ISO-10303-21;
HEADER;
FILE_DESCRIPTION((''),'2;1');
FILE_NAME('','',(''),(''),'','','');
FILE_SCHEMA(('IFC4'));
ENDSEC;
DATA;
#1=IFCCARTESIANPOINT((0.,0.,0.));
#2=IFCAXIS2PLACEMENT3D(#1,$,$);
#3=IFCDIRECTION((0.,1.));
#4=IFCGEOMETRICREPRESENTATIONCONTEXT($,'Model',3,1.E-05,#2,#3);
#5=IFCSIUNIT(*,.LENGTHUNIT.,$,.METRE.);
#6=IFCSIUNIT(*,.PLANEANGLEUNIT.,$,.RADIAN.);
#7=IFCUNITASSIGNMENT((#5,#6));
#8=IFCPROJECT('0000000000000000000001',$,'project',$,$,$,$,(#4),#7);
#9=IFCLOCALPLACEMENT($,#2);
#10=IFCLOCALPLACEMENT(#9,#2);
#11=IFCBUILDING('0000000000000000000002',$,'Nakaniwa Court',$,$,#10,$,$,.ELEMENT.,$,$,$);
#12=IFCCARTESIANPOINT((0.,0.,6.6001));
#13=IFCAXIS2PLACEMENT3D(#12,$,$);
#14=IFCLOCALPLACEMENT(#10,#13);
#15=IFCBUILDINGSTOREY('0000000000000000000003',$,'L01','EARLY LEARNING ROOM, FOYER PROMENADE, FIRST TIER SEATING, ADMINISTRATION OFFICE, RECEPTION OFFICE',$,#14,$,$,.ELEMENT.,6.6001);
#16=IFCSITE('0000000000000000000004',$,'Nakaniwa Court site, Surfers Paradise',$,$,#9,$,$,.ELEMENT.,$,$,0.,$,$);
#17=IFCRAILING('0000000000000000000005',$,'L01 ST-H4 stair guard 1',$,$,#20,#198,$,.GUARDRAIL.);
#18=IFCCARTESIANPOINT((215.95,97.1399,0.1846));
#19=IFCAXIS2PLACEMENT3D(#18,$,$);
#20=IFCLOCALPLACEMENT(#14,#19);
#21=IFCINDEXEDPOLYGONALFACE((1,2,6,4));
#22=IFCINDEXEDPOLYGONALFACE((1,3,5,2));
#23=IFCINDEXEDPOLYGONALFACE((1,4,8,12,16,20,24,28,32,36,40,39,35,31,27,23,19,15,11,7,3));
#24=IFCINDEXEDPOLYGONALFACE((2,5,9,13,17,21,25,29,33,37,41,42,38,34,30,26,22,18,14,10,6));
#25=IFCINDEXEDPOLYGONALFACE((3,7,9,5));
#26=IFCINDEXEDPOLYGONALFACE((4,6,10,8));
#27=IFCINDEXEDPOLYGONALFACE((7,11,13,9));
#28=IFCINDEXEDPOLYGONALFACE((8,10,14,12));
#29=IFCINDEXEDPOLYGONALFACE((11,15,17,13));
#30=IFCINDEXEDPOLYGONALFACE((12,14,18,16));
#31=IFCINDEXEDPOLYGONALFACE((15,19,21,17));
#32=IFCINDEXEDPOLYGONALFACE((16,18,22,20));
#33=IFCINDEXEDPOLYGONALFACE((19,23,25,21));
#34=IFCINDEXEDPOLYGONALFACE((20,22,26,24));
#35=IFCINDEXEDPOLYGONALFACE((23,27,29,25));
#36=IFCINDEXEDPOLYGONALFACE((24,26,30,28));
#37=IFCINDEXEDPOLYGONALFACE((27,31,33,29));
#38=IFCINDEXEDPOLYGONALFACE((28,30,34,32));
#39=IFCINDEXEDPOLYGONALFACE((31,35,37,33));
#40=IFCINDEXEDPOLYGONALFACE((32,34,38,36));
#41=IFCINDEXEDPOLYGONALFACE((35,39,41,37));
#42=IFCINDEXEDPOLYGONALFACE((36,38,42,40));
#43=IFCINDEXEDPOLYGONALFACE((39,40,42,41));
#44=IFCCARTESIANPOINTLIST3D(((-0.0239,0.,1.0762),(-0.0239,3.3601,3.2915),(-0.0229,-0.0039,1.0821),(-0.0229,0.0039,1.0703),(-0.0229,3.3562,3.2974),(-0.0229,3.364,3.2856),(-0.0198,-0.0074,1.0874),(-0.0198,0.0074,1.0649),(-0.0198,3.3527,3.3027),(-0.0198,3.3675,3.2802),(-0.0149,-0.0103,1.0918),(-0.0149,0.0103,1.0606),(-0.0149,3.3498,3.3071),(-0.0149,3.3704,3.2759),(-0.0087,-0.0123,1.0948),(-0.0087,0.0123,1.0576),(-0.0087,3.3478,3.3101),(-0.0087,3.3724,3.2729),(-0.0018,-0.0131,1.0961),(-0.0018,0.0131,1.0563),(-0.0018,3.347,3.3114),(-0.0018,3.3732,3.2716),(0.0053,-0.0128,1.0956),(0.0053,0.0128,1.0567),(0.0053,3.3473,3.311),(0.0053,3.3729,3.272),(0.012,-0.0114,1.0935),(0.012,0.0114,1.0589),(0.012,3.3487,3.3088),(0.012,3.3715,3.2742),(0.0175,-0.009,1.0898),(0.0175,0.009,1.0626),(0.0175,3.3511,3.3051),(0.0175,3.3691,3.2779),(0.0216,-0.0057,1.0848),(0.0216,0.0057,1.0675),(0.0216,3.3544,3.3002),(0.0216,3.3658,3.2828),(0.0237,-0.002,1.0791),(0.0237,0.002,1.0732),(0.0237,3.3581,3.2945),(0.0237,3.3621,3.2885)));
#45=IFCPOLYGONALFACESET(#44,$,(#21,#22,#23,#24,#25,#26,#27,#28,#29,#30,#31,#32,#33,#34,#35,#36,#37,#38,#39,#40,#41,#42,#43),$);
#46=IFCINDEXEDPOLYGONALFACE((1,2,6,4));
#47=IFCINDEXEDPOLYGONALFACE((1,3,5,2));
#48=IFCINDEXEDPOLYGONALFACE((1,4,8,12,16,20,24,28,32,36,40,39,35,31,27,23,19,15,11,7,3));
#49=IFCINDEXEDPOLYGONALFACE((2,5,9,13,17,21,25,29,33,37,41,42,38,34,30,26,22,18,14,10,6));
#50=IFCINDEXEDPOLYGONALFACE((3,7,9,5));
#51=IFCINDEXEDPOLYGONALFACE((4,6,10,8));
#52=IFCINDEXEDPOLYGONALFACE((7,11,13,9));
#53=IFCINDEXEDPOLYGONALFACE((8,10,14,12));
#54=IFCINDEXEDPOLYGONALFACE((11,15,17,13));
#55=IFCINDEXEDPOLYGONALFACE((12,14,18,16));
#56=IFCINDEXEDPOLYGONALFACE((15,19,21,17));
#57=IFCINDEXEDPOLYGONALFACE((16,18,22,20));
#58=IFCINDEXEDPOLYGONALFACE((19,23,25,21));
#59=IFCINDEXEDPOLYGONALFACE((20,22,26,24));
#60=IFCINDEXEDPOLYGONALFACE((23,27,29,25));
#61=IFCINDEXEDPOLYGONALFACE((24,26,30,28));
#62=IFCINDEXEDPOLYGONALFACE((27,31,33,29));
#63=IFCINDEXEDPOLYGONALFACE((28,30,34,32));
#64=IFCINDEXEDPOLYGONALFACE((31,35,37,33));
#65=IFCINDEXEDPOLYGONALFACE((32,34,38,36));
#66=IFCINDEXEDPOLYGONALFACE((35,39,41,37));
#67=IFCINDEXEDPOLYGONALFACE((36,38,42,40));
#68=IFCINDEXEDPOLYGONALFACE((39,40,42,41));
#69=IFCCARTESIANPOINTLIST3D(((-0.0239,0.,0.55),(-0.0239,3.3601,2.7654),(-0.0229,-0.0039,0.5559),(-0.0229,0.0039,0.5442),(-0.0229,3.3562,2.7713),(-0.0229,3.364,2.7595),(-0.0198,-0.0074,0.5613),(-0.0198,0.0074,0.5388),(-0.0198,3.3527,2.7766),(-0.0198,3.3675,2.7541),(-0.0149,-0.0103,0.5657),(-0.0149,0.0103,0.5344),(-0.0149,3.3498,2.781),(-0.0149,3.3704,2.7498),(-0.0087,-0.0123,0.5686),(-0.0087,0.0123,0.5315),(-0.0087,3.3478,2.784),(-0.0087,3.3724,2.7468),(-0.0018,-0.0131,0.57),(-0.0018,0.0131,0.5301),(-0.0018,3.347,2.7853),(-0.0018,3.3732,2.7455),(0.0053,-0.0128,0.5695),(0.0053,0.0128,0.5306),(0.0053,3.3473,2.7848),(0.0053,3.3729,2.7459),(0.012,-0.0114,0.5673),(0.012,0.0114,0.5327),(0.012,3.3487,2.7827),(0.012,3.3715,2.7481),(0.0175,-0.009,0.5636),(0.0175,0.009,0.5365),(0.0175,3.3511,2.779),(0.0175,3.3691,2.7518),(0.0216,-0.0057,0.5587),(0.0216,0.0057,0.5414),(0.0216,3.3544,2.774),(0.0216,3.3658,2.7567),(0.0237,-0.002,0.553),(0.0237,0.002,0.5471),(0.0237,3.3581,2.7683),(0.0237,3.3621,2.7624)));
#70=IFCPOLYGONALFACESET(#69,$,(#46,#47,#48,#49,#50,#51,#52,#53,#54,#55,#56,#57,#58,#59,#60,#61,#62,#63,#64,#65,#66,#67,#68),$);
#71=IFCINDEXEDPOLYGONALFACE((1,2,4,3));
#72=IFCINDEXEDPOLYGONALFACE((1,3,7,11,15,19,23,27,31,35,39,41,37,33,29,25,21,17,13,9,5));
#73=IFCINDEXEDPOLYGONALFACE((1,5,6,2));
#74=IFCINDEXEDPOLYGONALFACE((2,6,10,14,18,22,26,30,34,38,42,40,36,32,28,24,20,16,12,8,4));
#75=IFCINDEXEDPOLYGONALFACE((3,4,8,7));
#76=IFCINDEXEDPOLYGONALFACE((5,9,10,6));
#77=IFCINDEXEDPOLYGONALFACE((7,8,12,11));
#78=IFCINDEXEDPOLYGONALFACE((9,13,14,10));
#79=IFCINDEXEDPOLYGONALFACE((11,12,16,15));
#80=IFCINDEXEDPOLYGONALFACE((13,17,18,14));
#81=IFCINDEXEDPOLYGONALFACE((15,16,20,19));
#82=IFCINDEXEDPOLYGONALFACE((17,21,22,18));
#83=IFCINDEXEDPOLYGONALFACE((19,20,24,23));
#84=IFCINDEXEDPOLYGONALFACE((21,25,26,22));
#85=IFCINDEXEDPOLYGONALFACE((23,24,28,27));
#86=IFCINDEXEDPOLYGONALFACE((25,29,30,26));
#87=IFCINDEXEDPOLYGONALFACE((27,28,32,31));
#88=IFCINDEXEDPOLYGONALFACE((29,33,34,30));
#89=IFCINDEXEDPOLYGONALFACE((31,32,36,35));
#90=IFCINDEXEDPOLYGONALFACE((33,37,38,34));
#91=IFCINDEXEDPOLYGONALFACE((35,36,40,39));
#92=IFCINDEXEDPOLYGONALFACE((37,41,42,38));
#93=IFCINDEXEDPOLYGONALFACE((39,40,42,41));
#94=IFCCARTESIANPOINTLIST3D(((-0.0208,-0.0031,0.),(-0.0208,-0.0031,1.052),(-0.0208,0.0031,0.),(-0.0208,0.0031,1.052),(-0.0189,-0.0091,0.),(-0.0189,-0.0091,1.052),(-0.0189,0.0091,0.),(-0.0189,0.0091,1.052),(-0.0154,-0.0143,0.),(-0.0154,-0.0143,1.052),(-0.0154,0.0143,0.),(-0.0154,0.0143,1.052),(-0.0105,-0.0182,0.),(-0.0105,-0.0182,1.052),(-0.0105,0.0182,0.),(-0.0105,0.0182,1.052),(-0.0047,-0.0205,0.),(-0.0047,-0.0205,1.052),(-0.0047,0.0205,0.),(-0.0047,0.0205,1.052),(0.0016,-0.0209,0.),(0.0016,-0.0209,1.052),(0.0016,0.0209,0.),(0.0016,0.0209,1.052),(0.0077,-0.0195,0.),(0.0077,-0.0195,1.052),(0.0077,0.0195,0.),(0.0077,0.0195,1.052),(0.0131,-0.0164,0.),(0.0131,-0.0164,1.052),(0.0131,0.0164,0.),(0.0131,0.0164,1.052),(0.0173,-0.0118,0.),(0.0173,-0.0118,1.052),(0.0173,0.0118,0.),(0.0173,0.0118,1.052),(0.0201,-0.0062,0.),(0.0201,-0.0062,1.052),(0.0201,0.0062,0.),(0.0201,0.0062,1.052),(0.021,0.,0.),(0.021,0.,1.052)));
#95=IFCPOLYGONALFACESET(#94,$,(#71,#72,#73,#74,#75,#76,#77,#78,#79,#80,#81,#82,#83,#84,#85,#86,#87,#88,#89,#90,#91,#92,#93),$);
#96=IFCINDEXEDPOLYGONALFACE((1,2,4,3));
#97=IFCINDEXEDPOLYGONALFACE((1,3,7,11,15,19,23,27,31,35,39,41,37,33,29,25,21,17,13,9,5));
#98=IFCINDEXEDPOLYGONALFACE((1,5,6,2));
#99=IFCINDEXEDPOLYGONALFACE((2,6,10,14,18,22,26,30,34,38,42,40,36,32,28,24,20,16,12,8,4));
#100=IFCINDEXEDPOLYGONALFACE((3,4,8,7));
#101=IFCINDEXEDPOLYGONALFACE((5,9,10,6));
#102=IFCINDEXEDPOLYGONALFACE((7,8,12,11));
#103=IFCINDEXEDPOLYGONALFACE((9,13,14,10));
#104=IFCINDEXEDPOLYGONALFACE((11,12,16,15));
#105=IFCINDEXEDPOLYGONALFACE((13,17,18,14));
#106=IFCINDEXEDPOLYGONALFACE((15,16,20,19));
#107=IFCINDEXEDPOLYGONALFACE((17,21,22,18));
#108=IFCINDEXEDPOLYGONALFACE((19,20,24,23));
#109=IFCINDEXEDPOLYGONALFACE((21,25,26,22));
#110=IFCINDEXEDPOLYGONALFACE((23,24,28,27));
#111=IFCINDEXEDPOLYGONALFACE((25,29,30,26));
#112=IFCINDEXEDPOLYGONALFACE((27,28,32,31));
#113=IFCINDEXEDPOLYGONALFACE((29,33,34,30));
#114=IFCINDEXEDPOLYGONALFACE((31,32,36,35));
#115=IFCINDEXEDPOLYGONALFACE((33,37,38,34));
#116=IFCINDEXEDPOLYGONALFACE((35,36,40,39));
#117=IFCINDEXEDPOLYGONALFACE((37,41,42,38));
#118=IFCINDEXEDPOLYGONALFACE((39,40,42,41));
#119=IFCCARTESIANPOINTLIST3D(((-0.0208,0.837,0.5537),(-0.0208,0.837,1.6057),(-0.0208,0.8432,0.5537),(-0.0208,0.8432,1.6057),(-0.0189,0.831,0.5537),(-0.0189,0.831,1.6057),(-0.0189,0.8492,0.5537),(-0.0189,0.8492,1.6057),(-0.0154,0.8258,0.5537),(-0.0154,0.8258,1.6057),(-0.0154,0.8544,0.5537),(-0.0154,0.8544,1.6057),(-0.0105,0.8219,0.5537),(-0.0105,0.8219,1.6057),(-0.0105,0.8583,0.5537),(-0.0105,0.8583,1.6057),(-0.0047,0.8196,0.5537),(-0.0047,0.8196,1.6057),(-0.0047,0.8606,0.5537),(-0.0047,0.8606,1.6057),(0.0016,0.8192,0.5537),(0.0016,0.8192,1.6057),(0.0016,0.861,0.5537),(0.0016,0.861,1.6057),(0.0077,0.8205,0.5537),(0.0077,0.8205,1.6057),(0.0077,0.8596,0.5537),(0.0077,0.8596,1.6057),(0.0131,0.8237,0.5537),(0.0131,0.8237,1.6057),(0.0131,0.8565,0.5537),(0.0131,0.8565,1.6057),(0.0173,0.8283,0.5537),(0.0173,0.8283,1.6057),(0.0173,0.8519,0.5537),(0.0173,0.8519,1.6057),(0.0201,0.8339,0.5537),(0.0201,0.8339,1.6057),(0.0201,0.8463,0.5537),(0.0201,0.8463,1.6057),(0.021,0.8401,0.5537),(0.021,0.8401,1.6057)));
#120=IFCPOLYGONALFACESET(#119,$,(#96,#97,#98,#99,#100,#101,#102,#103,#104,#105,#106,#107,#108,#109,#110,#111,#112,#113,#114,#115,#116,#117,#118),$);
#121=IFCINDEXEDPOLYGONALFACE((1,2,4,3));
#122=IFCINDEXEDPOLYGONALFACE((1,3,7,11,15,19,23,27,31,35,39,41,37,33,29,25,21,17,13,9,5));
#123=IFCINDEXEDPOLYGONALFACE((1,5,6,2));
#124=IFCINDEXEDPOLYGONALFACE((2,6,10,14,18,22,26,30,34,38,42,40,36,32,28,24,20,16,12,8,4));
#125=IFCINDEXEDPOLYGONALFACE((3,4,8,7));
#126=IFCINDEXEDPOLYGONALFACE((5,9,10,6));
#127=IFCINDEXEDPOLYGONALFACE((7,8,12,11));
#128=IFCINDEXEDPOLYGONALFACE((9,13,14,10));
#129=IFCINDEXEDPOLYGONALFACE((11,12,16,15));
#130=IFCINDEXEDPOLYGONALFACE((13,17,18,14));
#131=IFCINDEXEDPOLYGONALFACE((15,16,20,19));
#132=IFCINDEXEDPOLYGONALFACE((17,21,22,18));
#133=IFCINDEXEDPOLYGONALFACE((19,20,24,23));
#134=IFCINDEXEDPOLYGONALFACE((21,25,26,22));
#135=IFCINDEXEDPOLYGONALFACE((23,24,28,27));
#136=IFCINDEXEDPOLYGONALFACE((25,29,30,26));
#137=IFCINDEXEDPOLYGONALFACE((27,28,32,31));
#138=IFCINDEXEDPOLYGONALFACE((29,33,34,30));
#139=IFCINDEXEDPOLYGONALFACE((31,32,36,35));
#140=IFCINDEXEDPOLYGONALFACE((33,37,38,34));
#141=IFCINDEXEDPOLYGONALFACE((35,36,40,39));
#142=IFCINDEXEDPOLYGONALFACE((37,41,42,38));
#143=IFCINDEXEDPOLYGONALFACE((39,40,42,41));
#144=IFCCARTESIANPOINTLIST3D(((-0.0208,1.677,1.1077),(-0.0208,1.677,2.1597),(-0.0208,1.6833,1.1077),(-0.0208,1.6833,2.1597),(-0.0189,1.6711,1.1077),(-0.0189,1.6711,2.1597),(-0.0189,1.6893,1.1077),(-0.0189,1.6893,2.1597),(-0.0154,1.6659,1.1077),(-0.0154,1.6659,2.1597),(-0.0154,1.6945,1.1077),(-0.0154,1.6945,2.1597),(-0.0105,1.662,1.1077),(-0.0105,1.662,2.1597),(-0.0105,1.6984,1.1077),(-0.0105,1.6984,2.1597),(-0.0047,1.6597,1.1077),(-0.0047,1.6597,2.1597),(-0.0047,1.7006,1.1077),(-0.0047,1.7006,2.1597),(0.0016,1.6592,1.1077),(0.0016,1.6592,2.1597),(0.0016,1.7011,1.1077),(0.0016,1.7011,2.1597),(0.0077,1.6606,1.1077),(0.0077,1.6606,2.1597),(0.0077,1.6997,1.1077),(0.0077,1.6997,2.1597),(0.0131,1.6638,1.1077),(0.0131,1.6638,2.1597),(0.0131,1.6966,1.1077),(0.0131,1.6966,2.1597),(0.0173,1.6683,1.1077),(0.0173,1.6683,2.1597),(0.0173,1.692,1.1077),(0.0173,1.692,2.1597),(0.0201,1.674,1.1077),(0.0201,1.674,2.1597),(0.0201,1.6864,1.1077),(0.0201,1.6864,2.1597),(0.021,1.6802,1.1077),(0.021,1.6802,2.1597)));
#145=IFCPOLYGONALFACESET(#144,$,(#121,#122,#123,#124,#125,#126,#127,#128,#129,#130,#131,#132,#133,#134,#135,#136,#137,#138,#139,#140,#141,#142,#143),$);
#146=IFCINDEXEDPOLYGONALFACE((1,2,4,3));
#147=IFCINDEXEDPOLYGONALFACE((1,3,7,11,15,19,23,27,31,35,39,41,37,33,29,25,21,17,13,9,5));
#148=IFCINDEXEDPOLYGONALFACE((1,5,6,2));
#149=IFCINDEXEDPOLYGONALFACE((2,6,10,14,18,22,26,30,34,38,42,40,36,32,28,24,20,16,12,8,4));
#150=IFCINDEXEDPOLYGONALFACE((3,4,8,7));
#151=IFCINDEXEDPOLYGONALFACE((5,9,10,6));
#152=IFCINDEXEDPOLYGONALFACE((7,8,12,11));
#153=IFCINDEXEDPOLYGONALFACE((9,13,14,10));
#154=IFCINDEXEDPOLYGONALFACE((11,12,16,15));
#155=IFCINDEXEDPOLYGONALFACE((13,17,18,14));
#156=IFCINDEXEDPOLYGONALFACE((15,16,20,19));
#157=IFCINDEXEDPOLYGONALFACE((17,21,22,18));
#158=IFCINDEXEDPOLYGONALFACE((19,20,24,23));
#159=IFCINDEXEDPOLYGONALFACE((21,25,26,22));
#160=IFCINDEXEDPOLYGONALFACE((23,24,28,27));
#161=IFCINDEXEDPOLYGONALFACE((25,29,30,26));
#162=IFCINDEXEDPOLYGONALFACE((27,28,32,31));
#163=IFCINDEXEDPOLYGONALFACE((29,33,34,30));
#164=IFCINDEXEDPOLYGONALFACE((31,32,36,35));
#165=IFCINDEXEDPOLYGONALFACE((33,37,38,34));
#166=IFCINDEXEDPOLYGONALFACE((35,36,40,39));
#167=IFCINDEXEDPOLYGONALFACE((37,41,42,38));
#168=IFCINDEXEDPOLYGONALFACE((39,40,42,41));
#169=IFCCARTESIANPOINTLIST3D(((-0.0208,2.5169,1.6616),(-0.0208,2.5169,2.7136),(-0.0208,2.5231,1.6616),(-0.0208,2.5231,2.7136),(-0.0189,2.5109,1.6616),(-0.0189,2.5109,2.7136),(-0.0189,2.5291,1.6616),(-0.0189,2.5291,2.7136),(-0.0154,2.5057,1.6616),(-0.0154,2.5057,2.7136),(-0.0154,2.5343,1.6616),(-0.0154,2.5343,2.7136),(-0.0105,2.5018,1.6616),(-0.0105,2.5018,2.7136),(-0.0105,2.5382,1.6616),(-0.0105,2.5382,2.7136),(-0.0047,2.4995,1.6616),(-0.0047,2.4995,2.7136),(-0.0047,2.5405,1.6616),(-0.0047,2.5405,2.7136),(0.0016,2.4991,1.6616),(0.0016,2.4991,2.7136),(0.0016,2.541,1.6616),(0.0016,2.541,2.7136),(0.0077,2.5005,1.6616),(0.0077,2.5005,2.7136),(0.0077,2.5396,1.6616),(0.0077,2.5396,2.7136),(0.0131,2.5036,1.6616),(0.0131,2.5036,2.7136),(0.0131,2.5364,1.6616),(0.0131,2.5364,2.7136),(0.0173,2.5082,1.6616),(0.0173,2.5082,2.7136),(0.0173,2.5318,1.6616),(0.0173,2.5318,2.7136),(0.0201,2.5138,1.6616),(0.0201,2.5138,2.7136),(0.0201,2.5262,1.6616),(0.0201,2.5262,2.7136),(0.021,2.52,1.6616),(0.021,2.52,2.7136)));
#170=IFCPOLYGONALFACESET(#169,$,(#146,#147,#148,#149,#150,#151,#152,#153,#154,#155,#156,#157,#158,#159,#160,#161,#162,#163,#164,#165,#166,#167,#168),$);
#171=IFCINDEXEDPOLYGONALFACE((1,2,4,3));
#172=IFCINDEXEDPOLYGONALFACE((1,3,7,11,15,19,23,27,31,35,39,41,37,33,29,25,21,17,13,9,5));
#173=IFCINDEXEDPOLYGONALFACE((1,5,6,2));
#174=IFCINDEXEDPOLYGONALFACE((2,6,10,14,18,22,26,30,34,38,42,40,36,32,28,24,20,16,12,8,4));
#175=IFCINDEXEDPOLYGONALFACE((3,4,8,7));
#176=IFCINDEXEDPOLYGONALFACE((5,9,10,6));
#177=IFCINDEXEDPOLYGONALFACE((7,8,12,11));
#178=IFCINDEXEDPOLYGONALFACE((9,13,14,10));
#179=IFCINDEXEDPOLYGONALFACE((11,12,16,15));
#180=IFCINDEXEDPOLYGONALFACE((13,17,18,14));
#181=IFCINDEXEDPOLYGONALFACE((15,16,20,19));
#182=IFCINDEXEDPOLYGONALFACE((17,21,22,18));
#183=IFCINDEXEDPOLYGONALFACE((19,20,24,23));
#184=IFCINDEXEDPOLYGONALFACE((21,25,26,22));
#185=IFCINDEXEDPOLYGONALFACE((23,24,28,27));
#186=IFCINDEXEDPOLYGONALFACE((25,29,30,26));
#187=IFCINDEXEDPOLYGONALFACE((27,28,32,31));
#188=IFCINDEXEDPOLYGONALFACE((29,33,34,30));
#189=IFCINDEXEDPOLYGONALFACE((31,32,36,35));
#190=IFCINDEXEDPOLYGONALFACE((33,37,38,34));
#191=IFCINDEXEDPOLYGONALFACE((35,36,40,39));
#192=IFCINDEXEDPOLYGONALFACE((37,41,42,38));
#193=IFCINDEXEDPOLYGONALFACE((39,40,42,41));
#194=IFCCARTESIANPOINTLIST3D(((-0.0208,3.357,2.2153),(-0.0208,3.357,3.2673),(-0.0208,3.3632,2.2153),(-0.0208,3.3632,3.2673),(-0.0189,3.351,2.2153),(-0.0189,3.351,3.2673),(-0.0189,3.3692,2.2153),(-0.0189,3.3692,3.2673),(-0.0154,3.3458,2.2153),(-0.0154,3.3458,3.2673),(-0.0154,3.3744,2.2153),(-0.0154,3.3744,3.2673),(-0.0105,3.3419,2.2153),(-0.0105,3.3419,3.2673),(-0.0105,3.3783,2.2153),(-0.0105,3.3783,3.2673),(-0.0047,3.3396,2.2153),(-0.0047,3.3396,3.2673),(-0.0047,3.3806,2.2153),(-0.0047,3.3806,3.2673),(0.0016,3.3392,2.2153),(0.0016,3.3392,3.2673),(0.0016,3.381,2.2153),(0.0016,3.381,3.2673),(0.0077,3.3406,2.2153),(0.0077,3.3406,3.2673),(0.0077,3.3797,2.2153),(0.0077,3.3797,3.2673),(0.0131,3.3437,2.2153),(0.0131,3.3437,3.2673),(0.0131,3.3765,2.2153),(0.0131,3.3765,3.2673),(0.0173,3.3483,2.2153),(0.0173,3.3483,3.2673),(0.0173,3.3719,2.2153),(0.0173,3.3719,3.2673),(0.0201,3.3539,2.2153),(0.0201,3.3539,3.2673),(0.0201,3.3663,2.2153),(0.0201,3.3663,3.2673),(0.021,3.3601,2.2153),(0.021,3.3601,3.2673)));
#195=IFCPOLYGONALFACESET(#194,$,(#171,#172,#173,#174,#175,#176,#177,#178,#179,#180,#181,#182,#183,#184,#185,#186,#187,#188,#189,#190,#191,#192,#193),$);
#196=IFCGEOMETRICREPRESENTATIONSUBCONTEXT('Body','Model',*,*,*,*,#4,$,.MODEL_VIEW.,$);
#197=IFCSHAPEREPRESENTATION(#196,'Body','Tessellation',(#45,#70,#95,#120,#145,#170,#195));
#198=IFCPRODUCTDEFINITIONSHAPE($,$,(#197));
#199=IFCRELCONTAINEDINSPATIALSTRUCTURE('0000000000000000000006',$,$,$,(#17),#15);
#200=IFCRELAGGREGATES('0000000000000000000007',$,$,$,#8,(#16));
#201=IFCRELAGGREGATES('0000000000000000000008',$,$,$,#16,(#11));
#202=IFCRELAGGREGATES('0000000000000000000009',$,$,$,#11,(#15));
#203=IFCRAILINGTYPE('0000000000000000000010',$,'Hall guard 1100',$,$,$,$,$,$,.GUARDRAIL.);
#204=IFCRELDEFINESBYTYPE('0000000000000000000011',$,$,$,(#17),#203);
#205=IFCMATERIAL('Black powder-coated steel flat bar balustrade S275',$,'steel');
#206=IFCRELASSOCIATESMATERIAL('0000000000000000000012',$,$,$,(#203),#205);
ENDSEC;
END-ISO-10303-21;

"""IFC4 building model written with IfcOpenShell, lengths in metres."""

from ifc_helpers import new_model, si_unit, direction, frame, origin, origin_2d, place, context, subcontext, project, spatial, circle, extrude, material, type_object, element, save


model = new_model("IFC4")

# Units and contexts
model_context = context("Model", 3, precision=1e-05, world=origin(), true_north=direction((0.0, 1.0)))
body_context = subcontext(model_context, "Body", "Model", "MODEL_VIEW")
ifc_project = project(units=[si_unit("LENGTHUNIT", "METRE"), si_unit("PLANEANGLEUNIT", "RADIAN")], contexts=[model_context])

# Site, building, storey
site_placement = place(None, origin())
site = spatial("IfcSite", under=ifc_project, at=site_placement, Name="Nakaniwa Court site, Surfers Paradise", CompositionType="ELEMENT", RefElevation=0.0)
building_placement = place(site_placement, origin())
building = spatial("IfcBuilding", under=site, at=building_placement, Name="Nakaniwa Court", CompositionType="ELEMENT")
storey_placement = place(building_placement, frame((0.0, 0.0, 6.6001)))
storey = spatial("IfcBuildingStorey", under=building, at=storey_placement, Name="L01", Description="EARLY LEARNING ROOM, FOYER PROMENADE, FIRST TIER SEATING, ADMINISTRATION OFFICE, RECEPTION OFFICE", CompositionType="ELEMENT", Elevation=6.6001)

# Railing
ifc_material_1 = material(Name="Black powder-coated steel flat bar balustrade S275", Category="steel")
railing_type_1 = type_object("IfcRailingType", Name="Hall guard 1100", PredefinedType="GUARDRAIL", material=ifc_material_1)
railing_1_placement = place(storey_placement, frame((215.95, 97.1399, 0.1846)))
element("IfcRailing", 1, at=railing_1_placement, inside=storey, type_object=railing_type_1, Name="L01 ST-H4 stair guard 1", PredefinedType="GUARDRAIL", context=body_context, shape_type="SweptSolid", body=[
    extrude(circle(Radius=0.0239, at=origin_2d()), frame((0.0, 0.0, 1.0762), z_axis=(0.0, 0.834876, 0.550437), x_axis=(-1.0, 0.0, 0.0)), (0.0, 0.0, 1.0), 4.0247),
    extrude(circle(Radius=0.0239, at=origin_2d()), frame((0.0, 0.0, 0.55), z_axis=(0.0, 0.834876, 0.550437), x_axis=(-1.0, 0.0, 0.0)), (0.0, 0.0, 1.0), 4.0247),
    extrude(circle(Radius=0.021, at=origin_2d()), origin(), (0.0, 0.0, 1.0), 1.052),
    extrude(circle(Radius=0.021, at=origin_2d()), frame((0.0, 0.8401, 0.5537)), (0.0, 0.0, 1.0), 1.052),
    extrude(circle(Radius=0.021, at=origin_2d()), frame((0.0, 1.6802, 1.1077)), (0.0, 0.0, 1.0), 1.052),
    extrude(circle(Radius=0.021, at=origin_2d()), frame((0.0, 2.52, 1.6616)), (0.0, 0.0, 1.0), 1.052),
    extrude(circle(Radius=0.021, at=origin_2d()), frame((0.0, 3.3601, 2.2153)), (0.0, 0.0, 1.0), 1.052),
])

save(model, "model.ifc")
